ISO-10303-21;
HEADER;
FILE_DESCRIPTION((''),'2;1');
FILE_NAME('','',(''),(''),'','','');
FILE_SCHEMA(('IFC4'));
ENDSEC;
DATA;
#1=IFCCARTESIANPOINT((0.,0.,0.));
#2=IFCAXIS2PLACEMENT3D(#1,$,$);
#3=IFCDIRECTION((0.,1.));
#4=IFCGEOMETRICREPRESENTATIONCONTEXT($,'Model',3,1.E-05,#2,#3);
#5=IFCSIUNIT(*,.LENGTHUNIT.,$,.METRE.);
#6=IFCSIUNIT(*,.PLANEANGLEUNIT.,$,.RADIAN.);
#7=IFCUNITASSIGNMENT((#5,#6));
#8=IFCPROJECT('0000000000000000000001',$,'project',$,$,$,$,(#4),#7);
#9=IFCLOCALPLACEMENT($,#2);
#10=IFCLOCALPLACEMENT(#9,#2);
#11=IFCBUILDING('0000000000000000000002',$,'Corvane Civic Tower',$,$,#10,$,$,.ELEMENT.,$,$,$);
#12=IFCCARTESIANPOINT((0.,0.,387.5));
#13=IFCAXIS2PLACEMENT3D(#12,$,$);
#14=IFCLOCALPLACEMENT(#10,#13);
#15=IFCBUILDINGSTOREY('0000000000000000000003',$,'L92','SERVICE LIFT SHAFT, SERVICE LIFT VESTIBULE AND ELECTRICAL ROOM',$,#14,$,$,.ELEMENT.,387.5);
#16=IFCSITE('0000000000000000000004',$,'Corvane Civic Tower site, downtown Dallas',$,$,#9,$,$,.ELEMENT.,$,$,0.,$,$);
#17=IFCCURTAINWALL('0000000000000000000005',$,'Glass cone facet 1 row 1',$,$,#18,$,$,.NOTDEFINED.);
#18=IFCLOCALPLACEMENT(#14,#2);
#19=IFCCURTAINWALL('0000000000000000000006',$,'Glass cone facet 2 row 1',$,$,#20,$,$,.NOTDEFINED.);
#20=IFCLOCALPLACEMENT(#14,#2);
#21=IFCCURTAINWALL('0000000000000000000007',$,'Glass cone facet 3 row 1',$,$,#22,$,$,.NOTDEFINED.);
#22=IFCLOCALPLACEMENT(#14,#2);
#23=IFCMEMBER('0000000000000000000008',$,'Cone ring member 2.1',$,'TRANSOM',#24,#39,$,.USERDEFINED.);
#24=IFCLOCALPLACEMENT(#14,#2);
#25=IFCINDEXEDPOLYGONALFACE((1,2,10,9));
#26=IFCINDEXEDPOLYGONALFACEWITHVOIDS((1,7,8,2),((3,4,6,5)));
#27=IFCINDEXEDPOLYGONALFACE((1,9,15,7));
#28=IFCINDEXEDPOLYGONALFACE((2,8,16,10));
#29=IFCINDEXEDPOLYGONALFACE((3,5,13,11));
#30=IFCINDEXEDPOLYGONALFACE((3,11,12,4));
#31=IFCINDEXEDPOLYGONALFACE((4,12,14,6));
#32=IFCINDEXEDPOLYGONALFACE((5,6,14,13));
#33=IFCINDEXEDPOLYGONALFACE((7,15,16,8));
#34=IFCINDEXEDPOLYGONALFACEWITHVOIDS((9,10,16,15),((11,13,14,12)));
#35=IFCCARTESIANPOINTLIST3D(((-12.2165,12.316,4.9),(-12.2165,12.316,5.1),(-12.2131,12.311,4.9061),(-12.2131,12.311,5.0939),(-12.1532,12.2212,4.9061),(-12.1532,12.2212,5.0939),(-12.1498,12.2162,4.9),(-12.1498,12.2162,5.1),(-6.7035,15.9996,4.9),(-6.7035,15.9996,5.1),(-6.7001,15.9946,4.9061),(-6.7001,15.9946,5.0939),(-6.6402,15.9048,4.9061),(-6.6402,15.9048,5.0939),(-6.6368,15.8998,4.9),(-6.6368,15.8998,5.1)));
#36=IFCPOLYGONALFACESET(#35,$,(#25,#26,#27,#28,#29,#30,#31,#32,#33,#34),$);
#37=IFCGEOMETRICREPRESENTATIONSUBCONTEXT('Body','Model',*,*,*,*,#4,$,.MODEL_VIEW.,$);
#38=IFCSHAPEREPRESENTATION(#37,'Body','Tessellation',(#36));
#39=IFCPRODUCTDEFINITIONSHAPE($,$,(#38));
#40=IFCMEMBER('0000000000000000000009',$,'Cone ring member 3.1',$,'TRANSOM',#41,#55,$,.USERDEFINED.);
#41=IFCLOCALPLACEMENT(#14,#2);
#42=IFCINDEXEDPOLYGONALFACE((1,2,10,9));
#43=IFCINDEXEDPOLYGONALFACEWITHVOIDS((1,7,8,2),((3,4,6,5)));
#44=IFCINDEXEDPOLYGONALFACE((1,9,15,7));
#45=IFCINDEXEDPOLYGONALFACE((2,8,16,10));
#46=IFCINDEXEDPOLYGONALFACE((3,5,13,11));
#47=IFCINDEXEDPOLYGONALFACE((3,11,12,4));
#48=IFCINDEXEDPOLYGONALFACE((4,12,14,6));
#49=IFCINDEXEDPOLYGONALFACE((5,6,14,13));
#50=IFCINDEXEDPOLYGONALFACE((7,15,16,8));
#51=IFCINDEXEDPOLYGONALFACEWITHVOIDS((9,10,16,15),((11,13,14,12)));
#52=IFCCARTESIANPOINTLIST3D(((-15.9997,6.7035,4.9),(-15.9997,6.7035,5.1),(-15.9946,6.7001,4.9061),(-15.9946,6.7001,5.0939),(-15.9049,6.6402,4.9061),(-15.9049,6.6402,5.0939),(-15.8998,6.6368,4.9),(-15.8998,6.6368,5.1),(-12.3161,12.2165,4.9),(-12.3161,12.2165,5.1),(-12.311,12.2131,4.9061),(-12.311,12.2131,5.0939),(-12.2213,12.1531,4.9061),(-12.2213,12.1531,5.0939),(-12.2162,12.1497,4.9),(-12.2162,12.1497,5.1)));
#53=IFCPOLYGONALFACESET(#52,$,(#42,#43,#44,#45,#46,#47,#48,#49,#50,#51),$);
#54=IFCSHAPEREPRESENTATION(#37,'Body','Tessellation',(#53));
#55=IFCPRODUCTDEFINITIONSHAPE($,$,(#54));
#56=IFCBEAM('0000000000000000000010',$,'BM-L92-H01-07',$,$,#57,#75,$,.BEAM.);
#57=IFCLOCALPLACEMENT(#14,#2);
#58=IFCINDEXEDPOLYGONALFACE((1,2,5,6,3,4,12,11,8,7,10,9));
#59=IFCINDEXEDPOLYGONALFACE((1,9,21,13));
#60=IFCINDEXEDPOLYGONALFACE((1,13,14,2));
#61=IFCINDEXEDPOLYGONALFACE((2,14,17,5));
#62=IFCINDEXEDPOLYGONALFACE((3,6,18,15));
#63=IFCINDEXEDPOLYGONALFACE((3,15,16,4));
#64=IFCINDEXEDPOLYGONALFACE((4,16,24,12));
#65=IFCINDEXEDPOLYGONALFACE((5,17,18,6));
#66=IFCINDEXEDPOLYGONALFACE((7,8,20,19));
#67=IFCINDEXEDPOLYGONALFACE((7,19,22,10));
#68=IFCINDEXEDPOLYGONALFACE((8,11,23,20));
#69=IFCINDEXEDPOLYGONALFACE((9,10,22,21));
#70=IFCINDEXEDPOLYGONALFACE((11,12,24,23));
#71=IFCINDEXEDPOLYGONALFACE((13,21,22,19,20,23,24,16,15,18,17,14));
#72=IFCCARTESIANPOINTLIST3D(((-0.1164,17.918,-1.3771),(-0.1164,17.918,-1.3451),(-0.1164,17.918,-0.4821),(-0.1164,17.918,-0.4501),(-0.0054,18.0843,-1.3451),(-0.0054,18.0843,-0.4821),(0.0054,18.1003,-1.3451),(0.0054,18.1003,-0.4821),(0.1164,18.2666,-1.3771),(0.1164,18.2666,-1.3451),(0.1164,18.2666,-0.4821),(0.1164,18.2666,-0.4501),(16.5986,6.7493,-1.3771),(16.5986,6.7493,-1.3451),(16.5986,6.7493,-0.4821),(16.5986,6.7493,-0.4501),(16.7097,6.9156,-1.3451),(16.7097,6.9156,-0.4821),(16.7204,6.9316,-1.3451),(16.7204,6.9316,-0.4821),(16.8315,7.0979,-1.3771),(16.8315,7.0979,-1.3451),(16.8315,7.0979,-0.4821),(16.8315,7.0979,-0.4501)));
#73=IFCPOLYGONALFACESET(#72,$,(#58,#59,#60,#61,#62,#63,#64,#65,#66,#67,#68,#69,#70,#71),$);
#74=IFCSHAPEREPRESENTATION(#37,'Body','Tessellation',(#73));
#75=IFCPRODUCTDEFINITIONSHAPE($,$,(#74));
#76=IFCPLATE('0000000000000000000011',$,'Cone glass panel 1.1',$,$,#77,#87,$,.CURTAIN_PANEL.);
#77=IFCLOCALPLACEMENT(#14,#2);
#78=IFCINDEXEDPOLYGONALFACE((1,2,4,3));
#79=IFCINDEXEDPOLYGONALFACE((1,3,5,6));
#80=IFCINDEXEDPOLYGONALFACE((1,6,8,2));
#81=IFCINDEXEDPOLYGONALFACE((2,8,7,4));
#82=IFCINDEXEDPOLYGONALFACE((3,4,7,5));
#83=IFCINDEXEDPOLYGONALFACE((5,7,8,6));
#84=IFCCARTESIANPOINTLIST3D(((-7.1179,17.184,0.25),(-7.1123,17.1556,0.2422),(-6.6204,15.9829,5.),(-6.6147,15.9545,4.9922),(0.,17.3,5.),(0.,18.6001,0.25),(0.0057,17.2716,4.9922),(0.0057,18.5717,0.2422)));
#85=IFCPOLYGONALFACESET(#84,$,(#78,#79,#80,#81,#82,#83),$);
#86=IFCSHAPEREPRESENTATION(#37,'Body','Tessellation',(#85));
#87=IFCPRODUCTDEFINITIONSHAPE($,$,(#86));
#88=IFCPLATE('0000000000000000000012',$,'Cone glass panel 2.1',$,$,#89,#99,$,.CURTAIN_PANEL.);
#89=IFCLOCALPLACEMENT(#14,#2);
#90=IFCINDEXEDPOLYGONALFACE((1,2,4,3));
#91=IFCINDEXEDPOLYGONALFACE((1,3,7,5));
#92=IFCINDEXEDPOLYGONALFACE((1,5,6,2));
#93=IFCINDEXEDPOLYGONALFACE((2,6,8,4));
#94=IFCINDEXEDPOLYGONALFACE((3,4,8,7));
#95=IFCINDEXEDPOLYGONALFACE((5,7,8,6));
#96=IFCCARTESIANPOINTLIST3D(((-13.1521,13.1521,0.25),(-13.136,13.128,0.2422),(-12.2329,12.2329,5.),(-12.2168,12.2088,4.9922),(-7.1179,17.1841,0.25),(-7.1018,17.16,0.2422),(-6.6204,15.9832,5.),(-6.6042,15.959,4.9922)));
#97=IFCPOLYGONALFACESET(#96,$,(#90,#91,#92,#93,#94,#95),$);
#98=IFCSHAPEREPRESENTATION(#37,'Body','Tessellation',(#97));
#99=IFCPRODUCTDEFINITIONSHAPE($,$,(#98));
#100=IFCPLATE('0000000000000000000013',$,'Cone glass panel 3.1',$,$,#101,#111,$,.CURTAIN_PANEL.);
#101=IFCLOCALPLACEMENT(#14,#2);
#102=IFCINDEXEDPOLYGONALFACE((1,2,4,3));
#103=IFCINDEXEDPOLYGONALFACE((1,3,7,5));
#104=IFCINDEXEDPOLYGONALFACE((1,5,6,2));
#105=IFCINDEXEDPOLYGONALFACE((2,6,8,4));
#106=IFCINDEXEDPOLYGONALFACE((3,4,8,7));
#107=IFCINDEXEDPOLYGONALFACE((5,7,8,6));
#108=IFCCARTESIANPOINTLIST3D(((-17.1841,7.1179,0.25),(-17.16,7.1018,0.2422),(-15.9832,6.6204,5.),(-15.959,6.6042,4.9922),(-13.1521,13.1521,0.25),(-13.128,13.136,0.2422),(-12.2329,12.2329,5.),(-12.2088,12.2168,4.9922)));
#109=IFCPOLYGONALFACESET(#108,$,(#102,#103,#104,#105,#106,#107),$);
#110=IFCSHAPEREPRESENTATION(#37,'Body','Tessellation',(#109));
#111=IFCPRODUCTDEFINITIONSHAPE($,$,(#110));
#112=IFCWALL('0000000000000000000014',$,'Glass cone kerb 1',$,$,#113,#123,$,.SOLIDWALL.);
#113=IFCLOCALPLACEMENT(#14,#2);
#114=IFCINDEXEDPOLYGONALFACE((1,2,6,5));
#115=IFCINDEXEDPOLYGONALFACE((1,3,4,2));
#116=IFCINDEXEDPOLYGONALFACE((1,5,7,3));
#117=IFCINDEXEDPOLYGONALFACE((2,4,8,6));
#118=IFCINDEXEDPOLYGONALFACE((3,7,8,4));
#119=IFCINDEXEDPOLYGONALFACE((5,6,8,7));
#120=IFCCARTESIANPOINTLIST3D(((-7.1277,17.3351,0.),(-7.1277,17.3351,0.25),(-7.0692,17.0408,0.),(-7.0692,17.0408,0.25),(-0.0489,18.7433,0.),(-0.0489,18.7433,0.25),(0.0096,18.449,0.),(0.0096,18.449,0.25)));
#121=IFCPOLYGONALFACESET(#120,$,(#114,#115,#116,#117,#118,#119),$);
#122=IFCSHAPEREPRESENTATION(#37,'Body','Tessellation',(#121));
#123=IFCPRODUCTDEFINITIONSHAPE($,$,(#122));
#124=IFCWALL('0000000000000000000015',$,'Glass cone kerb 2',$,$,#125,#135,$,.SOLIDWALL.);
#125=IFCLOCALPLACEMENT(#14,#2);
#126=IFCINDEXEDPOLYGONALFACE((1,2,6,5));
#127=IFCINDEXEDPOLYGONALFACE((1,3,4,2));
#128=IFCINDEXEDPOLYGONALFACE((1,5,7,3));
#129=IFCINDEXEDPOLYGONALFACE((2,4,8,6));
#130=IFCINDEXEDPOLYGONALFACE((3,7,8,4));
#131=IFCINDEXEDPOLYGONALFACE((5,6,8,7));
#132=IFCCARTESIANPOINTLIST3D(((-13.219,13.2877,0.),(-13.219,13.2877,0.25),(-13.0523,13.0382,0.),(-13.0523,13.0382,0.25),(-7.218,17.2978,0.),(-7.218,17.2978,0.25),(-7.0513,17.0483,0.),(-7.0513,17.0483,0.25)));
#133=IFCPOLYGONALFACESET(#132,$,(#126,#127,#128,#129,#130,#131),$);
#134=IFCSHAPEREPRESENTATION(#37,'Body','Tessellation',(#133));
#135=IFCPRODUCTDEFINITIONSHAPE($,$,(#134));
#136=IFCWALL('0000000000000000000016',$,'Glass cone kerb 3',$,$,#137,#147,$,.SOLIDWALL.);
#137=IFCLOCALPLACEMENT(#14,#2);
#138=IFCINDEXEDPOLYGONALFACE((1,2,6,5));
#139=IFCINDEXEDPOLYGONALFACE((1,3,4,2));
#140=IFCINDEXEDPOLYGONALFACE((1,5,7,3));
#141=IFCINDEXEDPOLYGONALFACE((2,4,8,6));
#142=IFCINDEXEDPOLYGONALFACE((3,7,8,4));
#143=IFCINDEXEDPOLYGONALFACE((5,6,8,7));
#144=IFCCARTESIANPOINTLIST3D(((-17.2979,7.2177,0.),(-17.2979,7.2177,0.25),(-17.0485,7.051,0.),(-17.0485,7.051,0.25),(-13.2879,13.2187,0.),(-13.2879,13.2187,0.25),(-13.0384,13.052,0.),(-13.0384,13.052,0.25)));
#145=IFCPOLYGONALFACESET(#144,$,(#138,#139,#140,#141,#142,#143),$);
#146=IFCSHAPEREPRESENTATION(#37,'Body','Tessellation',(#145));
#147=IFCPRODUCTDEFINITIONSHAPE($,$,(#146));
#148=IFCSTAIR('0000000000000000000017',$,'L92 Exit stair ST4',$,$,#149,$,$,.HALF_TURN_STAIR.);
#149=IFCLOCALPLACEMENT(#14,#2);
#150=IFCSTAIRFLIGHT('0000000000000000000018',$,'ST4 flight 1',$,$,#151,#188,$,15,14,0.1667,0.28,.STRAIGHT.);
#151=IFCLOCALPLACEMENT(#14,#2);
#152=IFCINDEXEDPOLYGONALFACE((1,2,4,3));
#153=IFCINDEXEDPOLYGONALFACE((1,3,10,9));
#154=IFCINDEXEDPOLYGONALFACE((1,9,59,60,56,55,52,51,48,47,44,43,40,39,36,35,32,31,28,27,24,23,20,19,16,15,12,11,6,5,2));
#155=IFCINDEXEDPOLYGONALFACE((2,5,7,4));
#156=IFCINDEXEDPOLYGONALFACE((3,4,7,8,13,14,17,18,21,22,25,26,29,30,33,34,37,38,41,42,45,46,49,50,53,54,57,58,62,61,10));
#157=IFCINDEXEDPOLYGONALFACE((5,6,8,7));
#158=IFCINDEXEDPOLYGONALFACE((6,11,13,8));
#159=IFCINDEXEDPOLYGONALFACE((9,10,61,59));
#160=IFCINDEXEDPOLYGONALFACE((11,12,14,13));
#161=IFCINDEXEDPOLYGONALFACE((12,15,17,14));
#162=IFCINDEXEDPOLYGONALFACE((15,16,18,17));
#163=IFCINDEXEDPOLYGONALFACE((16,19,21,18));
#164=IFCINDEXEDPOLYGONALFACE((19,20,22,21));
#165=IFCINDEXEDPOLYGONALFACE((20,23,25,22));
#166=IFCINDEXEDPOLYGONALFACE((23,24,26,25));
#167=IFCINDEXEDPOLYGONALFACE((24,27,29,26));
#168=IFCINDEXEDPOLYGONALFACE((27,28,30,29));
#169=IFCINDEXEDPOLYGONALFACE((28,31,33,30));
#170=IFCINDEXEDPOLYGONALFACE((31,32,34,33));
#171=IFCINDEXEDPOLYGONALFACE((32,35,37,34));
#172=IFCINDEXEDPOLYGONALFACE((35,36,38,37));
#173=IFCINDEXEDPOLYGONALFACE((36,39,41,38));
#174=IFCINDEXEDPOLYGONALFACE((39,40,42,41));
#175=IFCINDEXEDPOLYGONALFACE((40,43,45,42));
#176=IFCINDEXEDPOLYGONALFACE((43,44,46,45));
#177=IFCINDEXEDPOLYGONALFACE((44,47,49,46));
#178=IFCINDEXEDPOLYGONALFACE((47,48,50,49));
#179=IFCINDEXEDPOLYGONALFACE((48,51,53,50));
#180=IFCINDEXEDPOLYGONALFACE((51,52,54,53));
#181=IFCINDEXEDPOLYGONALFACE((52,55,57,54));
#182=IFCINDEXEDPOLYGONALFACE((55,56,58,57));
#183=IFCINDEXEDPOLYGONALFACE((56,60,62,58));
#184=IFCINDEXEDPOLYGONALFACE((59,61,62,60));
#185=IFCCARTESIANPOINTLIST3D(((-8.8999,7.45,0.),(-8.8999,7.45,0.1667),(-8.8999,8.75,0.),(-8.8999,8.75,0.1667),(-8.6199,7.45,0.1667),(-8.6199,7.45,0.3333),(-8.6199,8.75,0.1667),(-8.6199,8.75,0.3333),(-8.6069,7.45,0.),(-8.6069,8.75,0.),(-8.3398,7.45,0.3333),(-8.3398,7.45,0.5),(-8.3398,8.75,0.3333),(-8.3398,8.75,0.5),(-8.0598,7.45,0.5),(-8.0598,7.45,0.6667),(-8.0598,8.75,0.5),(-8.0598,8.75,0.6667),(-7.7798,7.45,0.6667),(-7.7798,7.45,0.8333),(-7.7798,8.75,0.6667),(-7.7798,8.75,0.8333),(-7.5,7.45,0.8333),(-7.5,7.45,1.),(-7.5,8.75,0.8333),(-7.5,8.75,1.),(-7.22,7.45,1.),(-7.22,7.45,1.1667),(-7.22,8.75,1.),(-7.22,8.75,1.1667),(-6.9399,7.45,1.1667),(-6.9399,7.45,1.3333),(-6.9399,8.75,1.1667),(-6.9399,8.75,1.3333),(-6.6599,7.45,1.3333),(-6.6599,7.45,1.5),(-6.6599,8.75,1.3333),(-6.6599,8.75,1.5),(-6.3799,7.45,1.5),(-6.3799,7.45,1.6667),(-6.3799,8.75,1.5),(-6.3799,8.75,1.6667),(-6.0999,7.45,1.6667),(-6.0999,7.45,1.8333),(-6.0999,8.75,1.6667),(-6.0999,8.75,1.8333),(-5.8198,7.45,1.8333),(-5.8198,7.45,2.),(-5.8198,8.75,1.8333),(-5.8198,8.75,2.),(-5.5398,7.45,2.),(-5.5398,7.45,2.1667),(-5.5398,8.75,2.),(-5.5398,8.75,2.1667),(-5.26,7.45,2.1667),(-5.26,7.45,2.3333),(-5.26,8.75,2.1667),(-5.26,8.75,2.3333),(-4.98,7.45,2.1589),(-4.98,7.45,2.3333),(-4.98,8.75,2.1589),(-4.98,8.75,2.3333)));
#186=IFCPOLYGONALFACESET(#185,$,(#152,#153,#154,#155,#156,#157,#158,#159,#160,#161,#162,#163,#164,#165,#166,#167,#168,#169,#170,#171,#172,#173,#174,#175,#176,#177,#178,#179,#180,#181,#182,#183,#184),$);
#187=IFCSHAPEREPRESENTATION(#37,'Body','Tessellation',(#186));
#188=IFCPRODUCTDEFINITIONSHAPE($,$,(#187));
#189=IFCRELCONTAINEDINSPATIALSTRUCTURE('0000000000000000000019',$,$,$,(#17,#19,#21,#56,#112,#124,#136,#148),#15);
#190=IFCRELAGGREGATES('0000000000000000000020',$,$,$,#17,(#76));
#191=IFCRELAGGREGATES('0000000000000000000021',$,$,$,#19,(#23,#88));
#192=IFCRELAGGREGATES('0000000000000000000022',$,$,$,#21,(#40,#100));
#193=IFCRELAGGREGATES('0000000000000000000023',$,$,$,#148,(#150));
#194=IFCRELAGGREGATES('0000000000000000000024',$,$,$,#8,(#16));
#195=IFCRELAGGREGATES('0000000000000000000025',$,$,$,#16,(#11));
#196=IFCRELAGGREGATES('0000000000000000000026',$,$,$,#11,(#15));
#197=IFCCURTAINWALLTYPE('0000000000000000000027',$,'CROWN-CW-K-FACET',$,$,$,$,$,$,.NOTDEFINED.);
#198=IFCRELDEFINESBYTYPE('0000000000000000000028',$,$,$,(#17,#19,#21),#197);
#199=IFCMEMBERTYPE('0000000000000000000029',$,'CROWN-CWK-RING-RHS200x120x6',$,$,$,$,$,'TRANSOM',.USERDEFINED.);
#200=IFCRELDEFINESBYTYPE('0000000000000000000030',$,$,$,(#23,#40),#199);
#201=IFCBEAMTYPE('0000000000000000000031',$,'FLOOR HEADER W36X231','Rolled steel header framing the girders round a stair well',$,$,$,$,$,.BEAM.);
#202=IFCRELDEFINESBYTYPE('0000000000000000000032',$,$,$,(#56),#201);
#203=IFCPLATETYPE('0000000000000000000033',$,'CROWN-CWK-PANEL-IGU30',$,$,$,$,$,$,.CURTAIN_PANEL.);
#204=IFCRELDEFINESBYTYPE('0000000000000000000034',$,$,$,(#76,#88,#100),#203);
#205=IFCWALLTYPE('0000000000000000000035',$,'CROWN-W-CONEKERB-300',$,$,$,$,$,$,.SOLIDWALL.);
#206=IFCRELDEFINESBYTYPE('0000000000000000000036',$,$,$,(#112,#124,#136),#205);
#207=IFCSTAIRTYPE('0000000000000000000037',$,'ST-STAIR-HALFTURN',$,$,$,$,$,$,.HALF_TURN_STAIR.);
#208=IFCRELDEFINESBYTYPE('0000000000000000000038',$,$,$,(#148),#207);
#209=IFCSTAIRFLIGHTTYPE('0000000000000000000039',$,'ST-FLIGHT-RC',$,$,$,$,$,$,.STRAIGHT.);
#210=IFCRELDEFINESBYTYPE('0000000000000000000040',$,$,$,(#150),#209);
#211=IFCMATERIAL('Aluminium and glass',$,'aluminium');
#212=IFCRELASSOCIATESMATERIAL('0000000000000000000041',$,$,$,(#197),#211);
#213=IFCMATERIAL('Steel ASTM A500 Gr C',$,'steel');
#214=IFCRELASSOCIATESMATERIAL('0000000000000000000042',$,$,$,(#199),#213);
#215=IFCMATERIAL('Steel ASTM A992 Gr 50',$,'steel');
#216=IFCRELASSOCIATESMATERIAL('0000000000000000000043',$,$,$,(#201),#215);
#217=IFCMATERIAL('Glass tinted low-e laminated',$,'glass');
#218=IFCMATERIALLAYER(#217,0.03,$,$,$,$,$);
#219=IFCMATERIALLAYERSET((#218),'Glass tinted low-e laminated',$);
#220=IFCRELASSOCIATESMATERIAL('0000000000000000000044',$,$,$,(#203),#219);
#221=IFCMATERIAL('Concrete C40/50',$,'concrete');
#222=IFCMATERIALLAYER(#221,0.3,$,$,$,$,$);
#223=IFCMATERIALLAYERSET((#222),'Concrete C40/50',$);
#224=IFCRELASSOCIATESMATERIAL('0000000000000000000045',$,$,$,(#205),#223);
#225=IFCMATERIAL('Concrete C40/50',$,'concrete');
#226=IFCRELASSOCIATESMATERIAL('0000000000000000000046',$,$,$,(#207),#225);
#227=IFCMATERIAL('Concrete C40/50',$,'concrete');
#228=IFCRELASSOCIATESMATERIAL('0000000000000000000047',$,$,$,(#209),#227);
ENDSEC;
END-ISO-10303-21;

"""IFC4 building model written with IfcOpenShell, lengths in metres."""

from ifc_helpers import new_model, si_unit, direction, frame, frame_2d, origin, origin_2d, place, context, subcontext, project, spatial, polyline, rectangle, hollow_rectangle, i_section, outline, extrude, material, layer, layer_set, material_profile, profile_set, type_object, element, aggregate, save


model = new_model("IFC4")

# Units and contexts
model_context = context("Model", 3, precision=1e-05, world=origin(), true_north=direction((0.0, 1.0)))
body_context = subcontext(model_context, "Body", "Model", "MODEL_VIEW")
ifc_project = project(units=[si_unit("LENGTHUNIT", "METRE"), si_unit("PLANEANGLEUNIT", "RADIAN")], contexts=[model_context])

# Site, building, storey
site_placement = place(None, origin())
site = spatial("IfcSite", under=ifc_project, at=site_placement, Name="Corvane Civic Tower site, downtown Dallas", CompositionType="ELEMENT", RefElevation=0.0)
building_placement = place(site_placement, origin())
building = spatial("IfcBuilding", under=site, at=building_placement, Name="Corvane Civic Tower", CompositionType="ELEMENT")
storey_placement = place(building_placement, frame((0.0, 0.0, 387.5)))
storey = spatial("IfcBuildingStorey", under=building, at=storey_placement, Name="L92", Description="SERVICE LIFT SHAFT, SERVICE LIFT VESTIBULE AND ELECTRICAL ROOM", CompositionType="ELEMENT", Elevation=387.5)

# Curtain walls
ifc_material_1 = material(Name="Aluminium and glass", Category="aluminium")
curtain_wall_type = type_object("IfcCurtainWallType", Name="CROWN-CW-K-FACET", PredefinedType="NOTDEFINED", material=ifc_material_1)
curtain_wall_1_placement = place(storey_placement, origin())
curtain_wall_1 = element("IfcCurtainWall", 1, at=curtain_wall_1_placement, inside=storey, type_object=curtain_wall_type, Name="Glass cone facet 1 row 1", PredefinedType="NOTDEFINED")
curtain_wall_2_placement = place(storey_placement, origin())
curtain_wall_2 = element("IfcCurtainWall", 2, at=curtain_wall_2_placement, inside=storey, type_object=curtain_wall_type, Name="Glass cone facet 2 row 1", PredefinedType="NOTDEFINED")

# Curtain wall
curtain_wall_3_placement = place(storey_placement, origin())
curtain_wall_3 = element("IfcCurtainWall", 3, at=curtain_wall_3_placement, inside=storey, type_object=curtain_wall_type, Name="Glass cone facet 3 row 1", PredefinedType="NOTDEFINED")

# Members
ifc_material_2 = material(Name="Steel ASTM A500 Gr C", Category="steel")
ifc_material_profile_1 = material_profile(ifc_material_2, hollow_rectangle(XDim=0.1201, YDim=0.2, WallThickness=0.0061, at=origin_2d()), Name="RHS 200x120x6")
ifc_profile_set_1 = profile_set([ifc_material_profile_1], Name="Steel ASTM A500 Gr C")
member_type_1 = type_object("IfcMemberType", Name="CROWN-CWK-RING-RHS200x120x6", ElementType="TRANSOM", PredefinedType="USERDEFINED", material=ifc_profile_set_1)
member_1_placement = place(storey_placement, frame((-6.6702, 15.9497, 5.0), z_axis=(-0.831472, -0.555567, 0.0), x_axis=(0.555567, -0.831472, 0.0)))
member_1 = element("IfcMember", 4, at=member_1_placement, type_object=member_type_1, Name="Cone ring member 2.1", ObjectType="TRANSOM", PredefinedType="USERDEFINED", context=body_context, shape_type="SweptSolid", body=[
    extrude(hollow_rectangle(XDim=0.1201, YDim=0.2, WallThickness=0.0061, at=origin_2d()), origin(), (0.0, 0.0, 1.0), 6.6304),
])
member_2_placement = place(storey_placement, frame((-12.2661, 12.1831, 5.0), z_axis=(-0.555567, -0.831472, 0.0), x_axis=(0.831472, -0.555567, 0.0)))
member_2 = element("IfcMember", 5, at=member_2_placement, type_object=member_type_1, Name="Cone ring member 3.1", ObjectType="TRANSOM", PredefinedType="USERDEFINED", context=body_context, shape_type="SweptSolid", body=[
    extrude(hollow_rectangle(XDim=0.1201, YDim=0.2, WallThickness=0.0061, at=origin_2d()), origin(), (0.0, 0.0, 1.0), 6.6304),
])

# Beam
ifc_material_3 = material(Name="Steel ASTM A992 Gr 50", Category="steel")
ifc_material_profile_2 = material_profile(ifc_material_3, i_section(OverallWidth=0.4192, OverallDepth=0.927, WebThickness=0.0193, FlangeThickness=0.032, at=origin_2d()), Name="W36X231")
ifc_profile_set_2 = profile_set([ifc_material_profile_2], Name="Steel ASTM A992 Gr 50")
beam_type_1 = type_object("IfcBeamType", Name="FLOOR HEADER W36X231", Description="Rolled steel header framing the girders round a stair well", PredefinedType="BEAM", material=ifc_profile_set_2)
beam_1_placement = place(storey_placement, frame((0.0, 18.0923, -0.9136), z_axis=(0.831469, -0.555571, 0.0), x_axis=(0.555571, 0.831469, 0.0)))
element("IfcBeam", 6, at=beam_1_placement, inside=storey, type_object=beam_type_1, Name="BM-L92-H01-07", PredefinedType="BEAM", context=body_context, shape_type="SweptSolid", body=[
    extrude(i_section(OverallWidth=0.4192, OverallDepth=0.927, WebThickness=0.0193, FlangeThickness=0.032, at=origin_2d()), origin(), (0.0, 0.0, 1.0), 20.103),
])

# Plates
ifc_material_4 = material(Name="Glass tinted low-e laminated", Category="glass")
ifc_layer_1 = layer(ifc_material_4, 0.03)
ifc_layer_set_1 = layer_set([ifc_layer_1], Name="Glass tinted low-e laminated")
plate_type = type_object("IfcPlateType", Name="CROWN-CWK-PANEL-IGU30", PredefinedType="CURTAIN_PANEL", material=ifc_layer_set_1)
plate_1_placement = place(storey_placement, frame((0.0, 18.6001, 0.25), z_axis=(-0.188449, 0.947242, 0.259266), x_axis=(-0.980779, -0.19512, -0.000002)))
plate_1 = element("IfcPlate", 7, at=plate_1_placement, type_object=plate_type, Name="Cone glass panel 1.1", PredefinedType="CURTAIN_PANEL", context=body_context, shape_type="SweptSolid", body=[
    extrude(outline(polyline([(0.0, 0.0), (7.2574, 0.0), (7.0038, 4.9182), (0.2537, 4.9182), (0.0, 0.0)])), origin(), (0.0, 0.0, -1.0), 0.03),
])
aggregate(curtain_wall_1, [plate_1])
plate_2_placement = place(storey_placement, frame((-7.1179, 17.1841, 0.25), z_axis=(-0.536584, 0.803041, 0.259236), x_axis=(-0.831465, -0.555577, 0.0)))
plate_2 = element("IfcPlate", 8, at=plate_2_placement, type_object=plate_type, Name="Cone glass panel 2.1", PredefinedType="CURTAIN_PANEL", context=body_context, shape_type="SweptSolid", body=[
    extrude(outline(polyline([(0.0, 0.0), (7.2573, 0.0), (7.0037, 4.9181), (0.2535, 4.9181), (0.0, 0.0)])), origin(), (0.0, 0.0, -1.0), 0.03),
])
aggregate(curtain_wall_2, [member_1, plate_2])
plate_3_placement = place(storey_placement, frame((-13.1521, 13.1521, 0.25), z_axis=(-0.803041, 0.536584, 0.259236), x_axis=(-0.555577, -0.831465, 0.0)))
plate_3 = element("IfcPlate", 9, at=plate_3_placement, type_object=plate_type, Name="Cone glass panel 3.1", PredefinedType="CURTAIN_PANEL", context=body_context, shape_type="SweptSolid", body=[
    extrude(outline(polyline([(0.0, 0.0), (7.2573, 0.0), (7.0038, 4.9181), (0.2536, 4.9181), (0.0, 0.0)])), origin(), (0.0, 0.0, -1.0), 0.03),
])
aggregate(curtain_wall_3, [member_2, plate_3])

# Walls
ifc_material_5 = material(Name="Concrete C40/50", Category="concrete")
ifc_layer_2 = layer(ifc_material_5, 0.3)
ifc_layer_set_2 = layer_set([ifc_layer_2], Name="Concrete C40/50")
wall_type = type_object("IfcWallType", Name="CROWN-W-CONEKERB-300", PredefinedType="SOLIDWALL", material=ifc_layer_set_2)
for number, where, z_axis, x_axis, name in (
    (10, (-0.0195, 18.5962, 0.0), (0.0, 0.0, 1.0), (-0.980782, -0.195108, 0.0), "Glass cone kerb 1"),
    (11, (-7.1345, 17.1731, 0.0), (0.0, 0.0, 1.0), (-0.831451, -0.555598, 0.0), "Glass cone kerb 2"),
    (12, (-13.1631, 13.1355, 0.0), (0.0, 0.0, 1.0), (-0.555598, -0.831451, 0.0), "Glass cone kerb 3"),
):
    element("IfcWall", number, at=place(storey_placement, frame(where, z_axis=z_axis, x_axis=x_axis)), inside=storey, type_object=wall_type, Name=name, PredefinedType="SOLIDWALL", context=body_context, shape_type="SweptSolid", body=[
        extrude(rectangle(XDim=7.2175, YDim=0.3, at=frame_2d((3.6089, 0.0))), origin(), (0.0, 0.0, 1.0), 0.25),
    ])

# Stair, stair flight
ifc_material_6 = material(Name="Concrete C40/50", Category="concrete")
stair_type = type_object("IfcStairType", Name="ST-STAIR-HALFTURN", PredefinedType="HALF_TURN_STAIR", material=ifc_material_6)
stair_placement = place(storey_placement, origin())
stair = element("IfcStair", 13, at=stair_placement, inside=storey, type_object=stair_type, Name="L92 Exit stair ST4", PredefinedType="HALF_TURN_STAIR")
ifc_material_7 = material(Name="Concrete C40/50", Category="concrete")
stair_flight_type = type_object("IfcStairFlightType", Name="ST-FLIGHT-RC", PredefinedType="STRAIGHT", material=ifc_material_7)
stair_flight_1_placement = place(storey_placement, frame((-8.8999, 8.1001, 0.0), z_axis=(0.0, 0.0, 1.0), x_axis=(1.0, 0.0, 0.0)))
stair_flight_1 = element("IfcStairFlight", 14, at=stair_flight_1_placement, type_object=stair_flight_type, Name="ST4 flight 1", NumberOfRisers=15, NumberOfTreads=14, PredefinedType="STRAIGHT", RiserHeight=0.1667, TreadLength=0.28, context=body_context, shape_type="SweptSolid", body=[
    extrude(outline(polyline([(0.0, 0.0), (0.0, 0.1667), (0.28, 0.1667), (0.28, 0.3333), (0.5601, 0.3333), (0.5601, 0.5), (0.8401, 0.5), (0.8401, 0.6667), (1.1201, 0.6667), (1.1201, 0.8333), (1.3999, 0.8333), (1.3999, 1.0), (1.6799, 1.0), (1.6799, 1.1667), (1.96, 1.1667), (1.96, 1.3333), (2.24, 1.3333), (2.24, 1.5), (2.52, 1.5), (2.52, 1.6667), (2.8, 1.6667), (2.8, 1.8333), (3.0801, 1.8333), (3.0801, 2.0), (3.3601, 2.0), (3.3601, 2.1667), (3.6399, 2.1667), (3.6399, 2.3333), (3.9199, 2.3333), (3.9199, 2.5), (3.9199, 2.1589), (0.293, 0.0), (0.0, 0.0)])), frame((0.0, 0.6499, 0.0), z_axis=(0.0, -1.0, 0.0), x_axis=(1.0, 0.0, 0.0)), (0.0, 0.0, 1.0), 1.3),
])
aggregate(stair, [stair_flight_1])

save(model, "model.ifc")
